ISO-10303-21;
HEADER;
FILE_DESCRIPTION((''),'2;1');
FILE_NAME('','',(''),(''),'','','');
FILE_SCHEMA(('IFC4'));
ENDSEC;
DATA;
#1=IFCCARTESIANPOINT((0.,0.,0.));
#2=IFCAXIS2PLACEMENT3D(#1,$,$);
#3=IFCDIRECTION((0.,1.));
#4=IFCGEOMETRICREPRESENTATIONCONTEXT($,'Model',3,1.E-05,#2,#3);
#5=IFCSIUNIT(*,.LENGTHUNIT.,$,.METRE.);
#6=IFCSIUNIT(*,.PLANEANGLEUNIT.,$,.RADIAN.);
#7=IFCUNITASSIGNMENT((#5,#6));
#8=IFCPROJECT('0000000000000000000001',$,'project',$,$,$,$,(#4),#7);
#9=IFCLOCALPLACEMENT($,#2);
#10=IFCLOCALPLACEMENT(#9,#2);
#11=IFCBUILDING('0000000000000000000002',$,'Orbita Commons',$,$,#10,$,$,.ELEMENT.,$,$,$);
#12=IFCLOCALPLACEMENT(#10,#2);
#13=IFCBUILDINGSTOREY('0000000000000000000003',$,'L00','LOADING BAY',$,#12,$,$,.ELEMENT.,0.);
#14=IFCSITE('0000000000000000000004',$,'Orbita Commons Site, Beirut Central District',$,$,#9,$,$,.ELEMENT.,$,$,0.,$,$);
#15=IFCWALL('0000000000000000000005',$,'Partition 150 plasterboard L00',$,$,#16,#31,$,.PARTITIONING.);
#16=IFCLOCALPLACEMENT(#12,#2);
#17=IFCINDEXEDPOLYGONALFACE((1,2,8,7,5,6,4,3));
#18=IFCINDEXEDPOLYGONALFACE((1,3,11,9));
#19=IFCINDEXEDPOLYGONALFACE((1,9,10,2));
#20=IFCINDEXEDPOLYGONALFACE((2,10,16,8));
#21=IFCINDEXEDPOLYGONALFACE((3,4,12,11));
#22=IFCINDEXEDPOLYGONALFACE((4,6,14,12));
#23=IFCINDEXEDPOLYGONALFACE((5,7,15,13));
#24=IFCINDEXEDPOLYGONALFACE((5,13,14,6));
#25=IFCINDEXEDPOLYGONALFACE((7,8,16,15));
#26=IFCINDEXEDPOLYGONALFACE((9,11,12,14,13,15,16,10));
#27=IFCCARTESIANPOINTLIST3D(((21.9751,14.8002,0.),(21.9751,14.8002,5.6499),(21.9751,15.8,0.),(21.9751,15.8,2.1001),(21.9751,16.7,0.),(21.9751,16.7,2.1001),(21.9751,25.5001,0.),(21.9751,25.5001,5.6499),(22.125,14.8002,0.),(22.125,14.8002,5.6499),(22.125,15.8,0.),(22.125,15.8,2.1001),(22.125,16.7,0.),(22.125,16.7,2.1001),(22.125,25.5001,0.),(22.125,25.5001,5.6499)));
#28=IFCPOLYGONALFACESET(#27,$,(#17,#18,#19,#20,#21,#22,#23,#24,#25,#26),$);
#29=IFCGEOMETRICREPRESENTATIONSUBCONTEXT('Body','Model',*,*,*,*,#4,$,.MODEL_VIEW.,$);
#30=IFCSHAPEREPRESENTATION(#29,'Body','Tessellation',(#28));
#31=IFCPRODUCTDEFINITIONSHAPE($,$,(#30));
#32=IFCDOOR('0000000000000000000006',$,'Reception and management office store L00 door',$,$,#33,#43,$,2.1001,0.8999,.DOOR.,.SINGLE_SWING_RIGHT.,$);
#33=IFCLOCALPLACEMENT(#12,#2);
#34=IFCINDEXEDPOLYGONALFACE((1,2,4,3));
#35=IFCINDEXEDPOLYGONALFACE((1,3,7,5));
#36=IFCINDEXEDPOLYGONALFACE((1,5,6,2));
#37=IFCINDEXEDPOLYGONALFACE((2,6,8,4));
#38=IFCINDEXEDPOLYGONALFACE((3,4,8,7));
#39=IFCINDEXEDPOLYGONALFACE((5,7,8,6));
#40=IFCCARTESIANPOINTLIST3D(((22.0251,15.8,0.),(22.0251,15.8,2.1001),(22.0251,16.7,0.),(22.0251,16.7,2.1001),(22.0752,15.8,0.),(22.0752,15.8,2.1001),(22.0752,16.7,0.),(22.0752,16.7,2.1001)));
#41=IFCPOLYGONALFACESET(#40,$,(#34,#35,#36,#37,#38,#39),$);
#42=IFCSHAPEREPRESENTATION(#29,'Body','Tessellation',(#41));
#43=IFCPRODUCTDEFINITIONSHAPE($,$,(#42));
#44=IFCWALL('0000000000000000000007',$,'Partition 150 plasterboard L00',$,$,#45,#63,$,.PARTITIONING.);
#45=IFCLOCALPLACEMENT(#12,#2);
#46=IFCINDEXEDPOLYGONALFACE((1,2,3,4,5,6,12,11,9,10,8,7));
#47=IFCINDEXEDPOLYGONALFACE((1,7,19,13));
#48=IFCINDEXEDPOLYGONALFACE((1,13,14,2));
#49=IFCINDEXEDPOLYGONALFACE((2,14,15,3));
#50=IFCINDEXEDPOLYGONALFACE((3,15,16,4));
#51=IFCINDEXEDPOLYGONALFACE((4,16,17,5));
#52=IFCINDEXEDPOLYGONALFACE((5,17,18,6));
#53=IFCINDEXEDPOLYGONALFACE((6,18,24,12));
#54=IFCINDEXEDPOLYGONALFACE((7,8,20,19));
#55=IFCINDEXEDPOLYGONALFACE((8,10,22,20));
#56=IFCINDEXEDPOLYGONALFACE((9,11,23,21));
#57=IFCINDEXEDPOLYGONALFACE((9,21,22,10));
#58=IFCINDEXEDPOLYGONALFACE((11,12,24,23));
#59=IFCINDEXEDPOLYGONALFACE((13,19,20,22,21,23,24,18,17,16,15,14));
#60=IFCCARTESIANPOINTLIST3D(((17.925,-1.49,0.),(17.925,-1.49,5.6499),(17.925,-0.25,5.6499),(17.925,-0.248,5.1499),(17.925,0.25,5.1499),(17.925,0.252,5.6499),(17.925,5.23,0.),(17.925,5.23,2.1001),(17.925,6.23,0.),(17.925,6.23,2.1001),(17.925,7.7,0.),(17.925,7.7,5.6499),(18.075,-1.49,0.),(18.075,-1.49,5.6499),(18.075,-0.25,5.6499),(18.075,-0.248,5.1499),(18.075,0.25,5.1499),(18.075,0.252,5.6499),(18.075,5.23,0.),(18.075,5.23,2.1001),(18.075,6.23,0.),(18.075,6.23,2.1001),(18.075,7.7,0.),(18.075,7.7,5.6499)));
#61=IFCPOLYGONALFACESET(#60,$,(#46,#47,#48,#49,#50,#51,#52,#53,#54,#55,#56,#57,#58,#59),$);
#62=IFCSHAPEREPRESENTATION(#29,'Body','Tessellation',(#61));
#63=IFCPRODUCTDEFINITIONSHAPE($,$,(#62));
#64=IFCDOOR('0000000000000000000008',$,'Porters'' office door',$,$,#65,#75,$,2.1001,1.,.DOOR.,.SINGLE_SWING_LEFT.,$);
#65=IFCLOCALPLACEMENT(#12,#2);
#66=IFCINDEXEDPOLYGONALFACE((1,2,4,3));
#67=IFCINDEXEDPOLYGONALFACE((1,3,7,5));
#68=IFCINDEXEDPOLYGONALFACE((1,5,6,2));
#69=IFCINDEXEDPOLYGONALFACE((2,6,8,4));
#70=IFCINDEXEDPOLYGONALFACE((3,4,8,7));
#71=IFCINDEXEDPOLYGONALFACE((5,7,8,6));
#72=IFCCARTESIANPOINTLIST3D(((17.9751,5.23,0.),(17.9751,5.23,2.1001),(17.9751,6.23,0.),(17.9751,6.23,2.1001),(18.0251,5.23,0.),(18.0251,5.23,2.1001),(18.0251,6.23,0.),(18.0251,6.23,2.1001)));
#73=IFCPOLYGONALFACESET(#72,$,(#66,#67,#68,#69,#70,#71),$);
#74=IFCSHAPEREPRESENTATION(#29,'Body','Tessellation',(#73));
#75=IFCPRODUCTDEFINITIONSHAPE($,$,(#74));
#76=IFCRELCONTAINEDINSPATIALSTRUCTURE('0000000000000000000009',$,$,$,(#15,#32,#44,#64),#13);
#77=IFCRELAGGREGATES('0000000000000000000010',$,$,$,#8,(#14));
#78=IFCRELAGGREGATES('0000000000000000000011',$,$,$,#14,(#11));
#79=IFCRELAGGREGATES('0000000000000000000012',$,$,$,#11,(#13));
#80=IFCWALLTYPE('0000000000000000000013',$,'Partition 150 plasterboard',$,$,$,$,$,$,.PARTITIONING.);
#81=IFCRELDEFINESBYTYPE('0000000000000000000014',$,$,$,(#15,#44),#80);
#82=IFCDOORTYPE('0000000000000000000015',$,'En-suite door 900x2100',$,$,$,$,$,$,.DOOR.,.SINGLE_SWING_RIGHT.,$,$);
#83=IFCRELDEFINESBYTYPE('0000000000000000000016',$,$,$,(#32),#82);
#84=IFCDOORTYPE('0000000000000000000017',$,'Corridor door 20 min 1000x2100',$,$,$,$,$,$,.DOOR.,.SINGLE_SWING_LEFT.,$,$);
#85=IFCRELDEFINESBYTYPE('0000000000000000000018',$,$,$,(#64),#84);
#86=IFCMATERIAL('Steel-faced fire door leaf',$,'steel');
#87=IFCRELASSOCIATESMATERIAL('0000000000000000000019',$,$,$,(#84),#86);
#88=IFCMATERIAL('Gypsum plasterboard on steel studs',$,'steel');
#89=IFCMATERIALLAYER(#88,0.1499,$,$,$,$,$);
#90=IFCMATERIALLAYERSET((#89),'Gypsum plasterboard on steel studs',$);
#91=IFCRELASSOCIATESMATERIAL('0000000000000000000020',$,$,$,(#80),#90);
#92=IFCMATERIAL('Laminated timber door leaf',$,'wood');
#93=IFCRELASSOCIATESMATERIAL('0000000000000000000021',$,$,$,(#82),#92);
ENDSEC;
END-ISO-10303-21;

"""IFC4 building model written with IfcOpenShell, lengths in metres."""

from ifc_helpers import new_model, si_unit, direction, frame, frame_2d, origin, place, context, subcontext, project, spatial, polyline, rectangle, outline, extrude, material, layer, layer_set, type_object, element, fill, save


model = new_model("IFC4")

# Units and contexts
model_context = context("Model", 3, precision=1e-05, world=origin(), true_north=direction((0.0, 1.0)))
body_context = subcontext(model_context, "Body", "Model", "MODEL_VIEW")
ifc_project = project(units=[si_unit("LENGTHUNIT", "METRE"), si_unit("PLANEANGLEUNIT", "RADIAN")], contexts=[model_context])

# Site, building, storey
site_placement = place(None, origin())
site = spatial("IfcSite", under=ifc_project, at=site_placement, Name="Orbita Commons Site, Beirut Central District", CompositionType="ELEMENT", RefElevation=0.0)
building_placement = place(site_placement, origin())
building = spatial("IfcBuilding", under=site, at=building_placement, Name="Orbita Commons", CompositionType="ELEMENT")
storey_placement = place(building_placement, origin())
storey = spatial("IfcBuildingStorey", under=building, at=storey_placement, Name="L00", Description="LOADING BAY", CompositionType="ELEMENT", Elevation=0.0)

# Shared definitions
ifc_material_1 = material(Name="Steel-faced fire door leaf", Category="steel")
door_type_1 = type_object("IfcDoorType", Name="Corridor door 20 min 1000x2100", OperationType="SINGLE_SWING_LEFT", PredefinedType="DOOR", material=ifc_material_1)

# Walls, openings, doors
ifc_material_2 = material(Name="Gypsum plasterboard on steel studs", Category="steel")
ifc_layer_1 = layer(ifc_material_2, 0.1499)
ifc_layer_set_1 = layer_set([ifc_layer_1], Name="Gypsum plasterboard on steel studs")
wall_type_1 = type_object("IfcWallType", Name="Partition 150 plasterboard", PredefinedType="PARTITIONING", material=ifc_layer_set_1)
wall_1_placement = place(storey_placement, frame((22.05, 14.8, 0.0), z_axis=(0.0, 0.0, 1.0), x_axis=(0.0, 1.0, 0.0)))
wall_1 = element("IfcWall", 1, at=wall_1_placement, inside=storey, type_object=wall_type_1, Name="Partition 150 plasterboard L00", PredefinedType="PARTITIONING", context=body_context, shape_type="SweptSolid", body=[
    extrude(rectangle(XDim=10.7, YDim=0.1499, at=frame_2d((5.3501, 0.0))), origin(), (0.0, 0.0, 1.0), 5.6499),
])
opening_1_placement = place(wall_1_placement, frame((1.0, 0.0, 0.0)))
opening_1 = element("IfcOpeningElement", 2, at=opening_1_placement, cuts=wall_1, PredefinedType="OPENING", context=body_context, shape_type="SweptSolid", body=[
    extrude(rectangle(XDim=0.8999, YDim=2.1001, at=frame_2d((0.45, 1.05))), frame((0.0, 0.085, 0.0), z_axis=(0.0, -1.0, 0.0), x_axis=(1.0, 0.0, 0.0)), (0.0, 0.0, 1.0), 0.1699),
])
ifc_material_3 = material(Name="Laminated timber door leaf", Category="wood")
door_type_2 = type_object("IfcDoorType", Name="En-suite door 900x2100", OperationType="SINGLE_SWING_RIGHT", PredefinedType="DOOR", material=ifc_material_3)
door_1_placement = place(opening_1_placement, origin())
door_1 = element("IfcDoor", 3, at=door_1_placement, inside=storey, type_object=door_type_2, Name="Reception and management office store L00 door", OperationType="SINGLE_SWING_RIGHT", OverallHeight=2.1001, OverallWidth=0.8999, PredefinedType="DOOR", context=body_context, shape_type="SweptSolid", body=[
    extrude(rectangle(XDim=0.8999, YDim=2.1001, at=frame_2d((0.45, 1.05))), frame((0.0, 0.0249, 0.0), z_axis=(0.0, -1.0, 0.0), x_axis=(1.0, 0.0, 0.0)), (0.0, 0.0, 1.0), 0.05),
])
fill(opening_1, door_1)
wall_2_placement = place(storey_placement, frame((18.0, -1.49, 0.0), z_axis=(0.0, 0.0, 1.0), x_axis=(0.0, 1.0, 0.0)))
wall_2 = element("IfcWall", 4, at=wall_2_placement, inside=storey, type_object=wall_type_1, Name="Partition 150 plasterboard L00", PredefinedType="PARTITIONING", context=body_context, shape_type="SweptSolid", body=[
    extrude(outline(polyline([(0.0, 0.0), (9.1899, 0.0), (9.1899, 5.6499), (1.7419, 5.6499), (1.74, 5.1499), (1.2419, 5.1499), (1.24, 5.6499), (0.0, 5.6499), (0.0, 0.0)])), frame((0.0, 0.075, 0.0), z_axis=(0.0, -1.0, 0.0), x_axis=(1.0, 0.0, 0.0)), (0.0, 0.0, 1.0), 0.1499),
])
opening_2_placement = place(wall_2_placement, frame((6.72, 0.0, 0.0)))
opening_2 = element("IfcOpeningElement", 5, at=opening_2_placement, cuts=wall_2, PredefinedType="OPENING", context=body_context, shape_type="SweptSolid", body=[
    extrude(rectangle(XDim=1.0, YDim=2.1001, at=frame_2d((0.5, 1.05))), frame((0.0, 0.085, 0.0), z_axis=(0.0, -1.0, 0.0), x_axis=(1.0, 0.0, 0.0)), (0.0, 0.0, 1.0), 0.1699),
])
door_2_placement = place(opening_2_placement, origin())
door_2 = element("IfcDoor", 6, at=door_2_placement, inside=storey, type_object=door_type_1, Name="Porters' office door", OperationType="SINGLE_SWING_LEFT", OverallHeight=2.1001, OverallWidth=1.0, PredefinedType="DOOR", context=body_context, shape_type="SweptSolid", body=[
    extrude(rectangle(XDim=1.0, YDim=2.1001, at=frame_2d((0.5, 1.05))), frame((0.0, 0.0249, 0.0), z_axis=(0.0, -1.0, 0.0), x_axis=(1.0, 0.0, 0.0)), (0.0, 0.0, 1.0), 0.05),
])
fill(opening_2, door_2)

save(model, "model.ifc")
